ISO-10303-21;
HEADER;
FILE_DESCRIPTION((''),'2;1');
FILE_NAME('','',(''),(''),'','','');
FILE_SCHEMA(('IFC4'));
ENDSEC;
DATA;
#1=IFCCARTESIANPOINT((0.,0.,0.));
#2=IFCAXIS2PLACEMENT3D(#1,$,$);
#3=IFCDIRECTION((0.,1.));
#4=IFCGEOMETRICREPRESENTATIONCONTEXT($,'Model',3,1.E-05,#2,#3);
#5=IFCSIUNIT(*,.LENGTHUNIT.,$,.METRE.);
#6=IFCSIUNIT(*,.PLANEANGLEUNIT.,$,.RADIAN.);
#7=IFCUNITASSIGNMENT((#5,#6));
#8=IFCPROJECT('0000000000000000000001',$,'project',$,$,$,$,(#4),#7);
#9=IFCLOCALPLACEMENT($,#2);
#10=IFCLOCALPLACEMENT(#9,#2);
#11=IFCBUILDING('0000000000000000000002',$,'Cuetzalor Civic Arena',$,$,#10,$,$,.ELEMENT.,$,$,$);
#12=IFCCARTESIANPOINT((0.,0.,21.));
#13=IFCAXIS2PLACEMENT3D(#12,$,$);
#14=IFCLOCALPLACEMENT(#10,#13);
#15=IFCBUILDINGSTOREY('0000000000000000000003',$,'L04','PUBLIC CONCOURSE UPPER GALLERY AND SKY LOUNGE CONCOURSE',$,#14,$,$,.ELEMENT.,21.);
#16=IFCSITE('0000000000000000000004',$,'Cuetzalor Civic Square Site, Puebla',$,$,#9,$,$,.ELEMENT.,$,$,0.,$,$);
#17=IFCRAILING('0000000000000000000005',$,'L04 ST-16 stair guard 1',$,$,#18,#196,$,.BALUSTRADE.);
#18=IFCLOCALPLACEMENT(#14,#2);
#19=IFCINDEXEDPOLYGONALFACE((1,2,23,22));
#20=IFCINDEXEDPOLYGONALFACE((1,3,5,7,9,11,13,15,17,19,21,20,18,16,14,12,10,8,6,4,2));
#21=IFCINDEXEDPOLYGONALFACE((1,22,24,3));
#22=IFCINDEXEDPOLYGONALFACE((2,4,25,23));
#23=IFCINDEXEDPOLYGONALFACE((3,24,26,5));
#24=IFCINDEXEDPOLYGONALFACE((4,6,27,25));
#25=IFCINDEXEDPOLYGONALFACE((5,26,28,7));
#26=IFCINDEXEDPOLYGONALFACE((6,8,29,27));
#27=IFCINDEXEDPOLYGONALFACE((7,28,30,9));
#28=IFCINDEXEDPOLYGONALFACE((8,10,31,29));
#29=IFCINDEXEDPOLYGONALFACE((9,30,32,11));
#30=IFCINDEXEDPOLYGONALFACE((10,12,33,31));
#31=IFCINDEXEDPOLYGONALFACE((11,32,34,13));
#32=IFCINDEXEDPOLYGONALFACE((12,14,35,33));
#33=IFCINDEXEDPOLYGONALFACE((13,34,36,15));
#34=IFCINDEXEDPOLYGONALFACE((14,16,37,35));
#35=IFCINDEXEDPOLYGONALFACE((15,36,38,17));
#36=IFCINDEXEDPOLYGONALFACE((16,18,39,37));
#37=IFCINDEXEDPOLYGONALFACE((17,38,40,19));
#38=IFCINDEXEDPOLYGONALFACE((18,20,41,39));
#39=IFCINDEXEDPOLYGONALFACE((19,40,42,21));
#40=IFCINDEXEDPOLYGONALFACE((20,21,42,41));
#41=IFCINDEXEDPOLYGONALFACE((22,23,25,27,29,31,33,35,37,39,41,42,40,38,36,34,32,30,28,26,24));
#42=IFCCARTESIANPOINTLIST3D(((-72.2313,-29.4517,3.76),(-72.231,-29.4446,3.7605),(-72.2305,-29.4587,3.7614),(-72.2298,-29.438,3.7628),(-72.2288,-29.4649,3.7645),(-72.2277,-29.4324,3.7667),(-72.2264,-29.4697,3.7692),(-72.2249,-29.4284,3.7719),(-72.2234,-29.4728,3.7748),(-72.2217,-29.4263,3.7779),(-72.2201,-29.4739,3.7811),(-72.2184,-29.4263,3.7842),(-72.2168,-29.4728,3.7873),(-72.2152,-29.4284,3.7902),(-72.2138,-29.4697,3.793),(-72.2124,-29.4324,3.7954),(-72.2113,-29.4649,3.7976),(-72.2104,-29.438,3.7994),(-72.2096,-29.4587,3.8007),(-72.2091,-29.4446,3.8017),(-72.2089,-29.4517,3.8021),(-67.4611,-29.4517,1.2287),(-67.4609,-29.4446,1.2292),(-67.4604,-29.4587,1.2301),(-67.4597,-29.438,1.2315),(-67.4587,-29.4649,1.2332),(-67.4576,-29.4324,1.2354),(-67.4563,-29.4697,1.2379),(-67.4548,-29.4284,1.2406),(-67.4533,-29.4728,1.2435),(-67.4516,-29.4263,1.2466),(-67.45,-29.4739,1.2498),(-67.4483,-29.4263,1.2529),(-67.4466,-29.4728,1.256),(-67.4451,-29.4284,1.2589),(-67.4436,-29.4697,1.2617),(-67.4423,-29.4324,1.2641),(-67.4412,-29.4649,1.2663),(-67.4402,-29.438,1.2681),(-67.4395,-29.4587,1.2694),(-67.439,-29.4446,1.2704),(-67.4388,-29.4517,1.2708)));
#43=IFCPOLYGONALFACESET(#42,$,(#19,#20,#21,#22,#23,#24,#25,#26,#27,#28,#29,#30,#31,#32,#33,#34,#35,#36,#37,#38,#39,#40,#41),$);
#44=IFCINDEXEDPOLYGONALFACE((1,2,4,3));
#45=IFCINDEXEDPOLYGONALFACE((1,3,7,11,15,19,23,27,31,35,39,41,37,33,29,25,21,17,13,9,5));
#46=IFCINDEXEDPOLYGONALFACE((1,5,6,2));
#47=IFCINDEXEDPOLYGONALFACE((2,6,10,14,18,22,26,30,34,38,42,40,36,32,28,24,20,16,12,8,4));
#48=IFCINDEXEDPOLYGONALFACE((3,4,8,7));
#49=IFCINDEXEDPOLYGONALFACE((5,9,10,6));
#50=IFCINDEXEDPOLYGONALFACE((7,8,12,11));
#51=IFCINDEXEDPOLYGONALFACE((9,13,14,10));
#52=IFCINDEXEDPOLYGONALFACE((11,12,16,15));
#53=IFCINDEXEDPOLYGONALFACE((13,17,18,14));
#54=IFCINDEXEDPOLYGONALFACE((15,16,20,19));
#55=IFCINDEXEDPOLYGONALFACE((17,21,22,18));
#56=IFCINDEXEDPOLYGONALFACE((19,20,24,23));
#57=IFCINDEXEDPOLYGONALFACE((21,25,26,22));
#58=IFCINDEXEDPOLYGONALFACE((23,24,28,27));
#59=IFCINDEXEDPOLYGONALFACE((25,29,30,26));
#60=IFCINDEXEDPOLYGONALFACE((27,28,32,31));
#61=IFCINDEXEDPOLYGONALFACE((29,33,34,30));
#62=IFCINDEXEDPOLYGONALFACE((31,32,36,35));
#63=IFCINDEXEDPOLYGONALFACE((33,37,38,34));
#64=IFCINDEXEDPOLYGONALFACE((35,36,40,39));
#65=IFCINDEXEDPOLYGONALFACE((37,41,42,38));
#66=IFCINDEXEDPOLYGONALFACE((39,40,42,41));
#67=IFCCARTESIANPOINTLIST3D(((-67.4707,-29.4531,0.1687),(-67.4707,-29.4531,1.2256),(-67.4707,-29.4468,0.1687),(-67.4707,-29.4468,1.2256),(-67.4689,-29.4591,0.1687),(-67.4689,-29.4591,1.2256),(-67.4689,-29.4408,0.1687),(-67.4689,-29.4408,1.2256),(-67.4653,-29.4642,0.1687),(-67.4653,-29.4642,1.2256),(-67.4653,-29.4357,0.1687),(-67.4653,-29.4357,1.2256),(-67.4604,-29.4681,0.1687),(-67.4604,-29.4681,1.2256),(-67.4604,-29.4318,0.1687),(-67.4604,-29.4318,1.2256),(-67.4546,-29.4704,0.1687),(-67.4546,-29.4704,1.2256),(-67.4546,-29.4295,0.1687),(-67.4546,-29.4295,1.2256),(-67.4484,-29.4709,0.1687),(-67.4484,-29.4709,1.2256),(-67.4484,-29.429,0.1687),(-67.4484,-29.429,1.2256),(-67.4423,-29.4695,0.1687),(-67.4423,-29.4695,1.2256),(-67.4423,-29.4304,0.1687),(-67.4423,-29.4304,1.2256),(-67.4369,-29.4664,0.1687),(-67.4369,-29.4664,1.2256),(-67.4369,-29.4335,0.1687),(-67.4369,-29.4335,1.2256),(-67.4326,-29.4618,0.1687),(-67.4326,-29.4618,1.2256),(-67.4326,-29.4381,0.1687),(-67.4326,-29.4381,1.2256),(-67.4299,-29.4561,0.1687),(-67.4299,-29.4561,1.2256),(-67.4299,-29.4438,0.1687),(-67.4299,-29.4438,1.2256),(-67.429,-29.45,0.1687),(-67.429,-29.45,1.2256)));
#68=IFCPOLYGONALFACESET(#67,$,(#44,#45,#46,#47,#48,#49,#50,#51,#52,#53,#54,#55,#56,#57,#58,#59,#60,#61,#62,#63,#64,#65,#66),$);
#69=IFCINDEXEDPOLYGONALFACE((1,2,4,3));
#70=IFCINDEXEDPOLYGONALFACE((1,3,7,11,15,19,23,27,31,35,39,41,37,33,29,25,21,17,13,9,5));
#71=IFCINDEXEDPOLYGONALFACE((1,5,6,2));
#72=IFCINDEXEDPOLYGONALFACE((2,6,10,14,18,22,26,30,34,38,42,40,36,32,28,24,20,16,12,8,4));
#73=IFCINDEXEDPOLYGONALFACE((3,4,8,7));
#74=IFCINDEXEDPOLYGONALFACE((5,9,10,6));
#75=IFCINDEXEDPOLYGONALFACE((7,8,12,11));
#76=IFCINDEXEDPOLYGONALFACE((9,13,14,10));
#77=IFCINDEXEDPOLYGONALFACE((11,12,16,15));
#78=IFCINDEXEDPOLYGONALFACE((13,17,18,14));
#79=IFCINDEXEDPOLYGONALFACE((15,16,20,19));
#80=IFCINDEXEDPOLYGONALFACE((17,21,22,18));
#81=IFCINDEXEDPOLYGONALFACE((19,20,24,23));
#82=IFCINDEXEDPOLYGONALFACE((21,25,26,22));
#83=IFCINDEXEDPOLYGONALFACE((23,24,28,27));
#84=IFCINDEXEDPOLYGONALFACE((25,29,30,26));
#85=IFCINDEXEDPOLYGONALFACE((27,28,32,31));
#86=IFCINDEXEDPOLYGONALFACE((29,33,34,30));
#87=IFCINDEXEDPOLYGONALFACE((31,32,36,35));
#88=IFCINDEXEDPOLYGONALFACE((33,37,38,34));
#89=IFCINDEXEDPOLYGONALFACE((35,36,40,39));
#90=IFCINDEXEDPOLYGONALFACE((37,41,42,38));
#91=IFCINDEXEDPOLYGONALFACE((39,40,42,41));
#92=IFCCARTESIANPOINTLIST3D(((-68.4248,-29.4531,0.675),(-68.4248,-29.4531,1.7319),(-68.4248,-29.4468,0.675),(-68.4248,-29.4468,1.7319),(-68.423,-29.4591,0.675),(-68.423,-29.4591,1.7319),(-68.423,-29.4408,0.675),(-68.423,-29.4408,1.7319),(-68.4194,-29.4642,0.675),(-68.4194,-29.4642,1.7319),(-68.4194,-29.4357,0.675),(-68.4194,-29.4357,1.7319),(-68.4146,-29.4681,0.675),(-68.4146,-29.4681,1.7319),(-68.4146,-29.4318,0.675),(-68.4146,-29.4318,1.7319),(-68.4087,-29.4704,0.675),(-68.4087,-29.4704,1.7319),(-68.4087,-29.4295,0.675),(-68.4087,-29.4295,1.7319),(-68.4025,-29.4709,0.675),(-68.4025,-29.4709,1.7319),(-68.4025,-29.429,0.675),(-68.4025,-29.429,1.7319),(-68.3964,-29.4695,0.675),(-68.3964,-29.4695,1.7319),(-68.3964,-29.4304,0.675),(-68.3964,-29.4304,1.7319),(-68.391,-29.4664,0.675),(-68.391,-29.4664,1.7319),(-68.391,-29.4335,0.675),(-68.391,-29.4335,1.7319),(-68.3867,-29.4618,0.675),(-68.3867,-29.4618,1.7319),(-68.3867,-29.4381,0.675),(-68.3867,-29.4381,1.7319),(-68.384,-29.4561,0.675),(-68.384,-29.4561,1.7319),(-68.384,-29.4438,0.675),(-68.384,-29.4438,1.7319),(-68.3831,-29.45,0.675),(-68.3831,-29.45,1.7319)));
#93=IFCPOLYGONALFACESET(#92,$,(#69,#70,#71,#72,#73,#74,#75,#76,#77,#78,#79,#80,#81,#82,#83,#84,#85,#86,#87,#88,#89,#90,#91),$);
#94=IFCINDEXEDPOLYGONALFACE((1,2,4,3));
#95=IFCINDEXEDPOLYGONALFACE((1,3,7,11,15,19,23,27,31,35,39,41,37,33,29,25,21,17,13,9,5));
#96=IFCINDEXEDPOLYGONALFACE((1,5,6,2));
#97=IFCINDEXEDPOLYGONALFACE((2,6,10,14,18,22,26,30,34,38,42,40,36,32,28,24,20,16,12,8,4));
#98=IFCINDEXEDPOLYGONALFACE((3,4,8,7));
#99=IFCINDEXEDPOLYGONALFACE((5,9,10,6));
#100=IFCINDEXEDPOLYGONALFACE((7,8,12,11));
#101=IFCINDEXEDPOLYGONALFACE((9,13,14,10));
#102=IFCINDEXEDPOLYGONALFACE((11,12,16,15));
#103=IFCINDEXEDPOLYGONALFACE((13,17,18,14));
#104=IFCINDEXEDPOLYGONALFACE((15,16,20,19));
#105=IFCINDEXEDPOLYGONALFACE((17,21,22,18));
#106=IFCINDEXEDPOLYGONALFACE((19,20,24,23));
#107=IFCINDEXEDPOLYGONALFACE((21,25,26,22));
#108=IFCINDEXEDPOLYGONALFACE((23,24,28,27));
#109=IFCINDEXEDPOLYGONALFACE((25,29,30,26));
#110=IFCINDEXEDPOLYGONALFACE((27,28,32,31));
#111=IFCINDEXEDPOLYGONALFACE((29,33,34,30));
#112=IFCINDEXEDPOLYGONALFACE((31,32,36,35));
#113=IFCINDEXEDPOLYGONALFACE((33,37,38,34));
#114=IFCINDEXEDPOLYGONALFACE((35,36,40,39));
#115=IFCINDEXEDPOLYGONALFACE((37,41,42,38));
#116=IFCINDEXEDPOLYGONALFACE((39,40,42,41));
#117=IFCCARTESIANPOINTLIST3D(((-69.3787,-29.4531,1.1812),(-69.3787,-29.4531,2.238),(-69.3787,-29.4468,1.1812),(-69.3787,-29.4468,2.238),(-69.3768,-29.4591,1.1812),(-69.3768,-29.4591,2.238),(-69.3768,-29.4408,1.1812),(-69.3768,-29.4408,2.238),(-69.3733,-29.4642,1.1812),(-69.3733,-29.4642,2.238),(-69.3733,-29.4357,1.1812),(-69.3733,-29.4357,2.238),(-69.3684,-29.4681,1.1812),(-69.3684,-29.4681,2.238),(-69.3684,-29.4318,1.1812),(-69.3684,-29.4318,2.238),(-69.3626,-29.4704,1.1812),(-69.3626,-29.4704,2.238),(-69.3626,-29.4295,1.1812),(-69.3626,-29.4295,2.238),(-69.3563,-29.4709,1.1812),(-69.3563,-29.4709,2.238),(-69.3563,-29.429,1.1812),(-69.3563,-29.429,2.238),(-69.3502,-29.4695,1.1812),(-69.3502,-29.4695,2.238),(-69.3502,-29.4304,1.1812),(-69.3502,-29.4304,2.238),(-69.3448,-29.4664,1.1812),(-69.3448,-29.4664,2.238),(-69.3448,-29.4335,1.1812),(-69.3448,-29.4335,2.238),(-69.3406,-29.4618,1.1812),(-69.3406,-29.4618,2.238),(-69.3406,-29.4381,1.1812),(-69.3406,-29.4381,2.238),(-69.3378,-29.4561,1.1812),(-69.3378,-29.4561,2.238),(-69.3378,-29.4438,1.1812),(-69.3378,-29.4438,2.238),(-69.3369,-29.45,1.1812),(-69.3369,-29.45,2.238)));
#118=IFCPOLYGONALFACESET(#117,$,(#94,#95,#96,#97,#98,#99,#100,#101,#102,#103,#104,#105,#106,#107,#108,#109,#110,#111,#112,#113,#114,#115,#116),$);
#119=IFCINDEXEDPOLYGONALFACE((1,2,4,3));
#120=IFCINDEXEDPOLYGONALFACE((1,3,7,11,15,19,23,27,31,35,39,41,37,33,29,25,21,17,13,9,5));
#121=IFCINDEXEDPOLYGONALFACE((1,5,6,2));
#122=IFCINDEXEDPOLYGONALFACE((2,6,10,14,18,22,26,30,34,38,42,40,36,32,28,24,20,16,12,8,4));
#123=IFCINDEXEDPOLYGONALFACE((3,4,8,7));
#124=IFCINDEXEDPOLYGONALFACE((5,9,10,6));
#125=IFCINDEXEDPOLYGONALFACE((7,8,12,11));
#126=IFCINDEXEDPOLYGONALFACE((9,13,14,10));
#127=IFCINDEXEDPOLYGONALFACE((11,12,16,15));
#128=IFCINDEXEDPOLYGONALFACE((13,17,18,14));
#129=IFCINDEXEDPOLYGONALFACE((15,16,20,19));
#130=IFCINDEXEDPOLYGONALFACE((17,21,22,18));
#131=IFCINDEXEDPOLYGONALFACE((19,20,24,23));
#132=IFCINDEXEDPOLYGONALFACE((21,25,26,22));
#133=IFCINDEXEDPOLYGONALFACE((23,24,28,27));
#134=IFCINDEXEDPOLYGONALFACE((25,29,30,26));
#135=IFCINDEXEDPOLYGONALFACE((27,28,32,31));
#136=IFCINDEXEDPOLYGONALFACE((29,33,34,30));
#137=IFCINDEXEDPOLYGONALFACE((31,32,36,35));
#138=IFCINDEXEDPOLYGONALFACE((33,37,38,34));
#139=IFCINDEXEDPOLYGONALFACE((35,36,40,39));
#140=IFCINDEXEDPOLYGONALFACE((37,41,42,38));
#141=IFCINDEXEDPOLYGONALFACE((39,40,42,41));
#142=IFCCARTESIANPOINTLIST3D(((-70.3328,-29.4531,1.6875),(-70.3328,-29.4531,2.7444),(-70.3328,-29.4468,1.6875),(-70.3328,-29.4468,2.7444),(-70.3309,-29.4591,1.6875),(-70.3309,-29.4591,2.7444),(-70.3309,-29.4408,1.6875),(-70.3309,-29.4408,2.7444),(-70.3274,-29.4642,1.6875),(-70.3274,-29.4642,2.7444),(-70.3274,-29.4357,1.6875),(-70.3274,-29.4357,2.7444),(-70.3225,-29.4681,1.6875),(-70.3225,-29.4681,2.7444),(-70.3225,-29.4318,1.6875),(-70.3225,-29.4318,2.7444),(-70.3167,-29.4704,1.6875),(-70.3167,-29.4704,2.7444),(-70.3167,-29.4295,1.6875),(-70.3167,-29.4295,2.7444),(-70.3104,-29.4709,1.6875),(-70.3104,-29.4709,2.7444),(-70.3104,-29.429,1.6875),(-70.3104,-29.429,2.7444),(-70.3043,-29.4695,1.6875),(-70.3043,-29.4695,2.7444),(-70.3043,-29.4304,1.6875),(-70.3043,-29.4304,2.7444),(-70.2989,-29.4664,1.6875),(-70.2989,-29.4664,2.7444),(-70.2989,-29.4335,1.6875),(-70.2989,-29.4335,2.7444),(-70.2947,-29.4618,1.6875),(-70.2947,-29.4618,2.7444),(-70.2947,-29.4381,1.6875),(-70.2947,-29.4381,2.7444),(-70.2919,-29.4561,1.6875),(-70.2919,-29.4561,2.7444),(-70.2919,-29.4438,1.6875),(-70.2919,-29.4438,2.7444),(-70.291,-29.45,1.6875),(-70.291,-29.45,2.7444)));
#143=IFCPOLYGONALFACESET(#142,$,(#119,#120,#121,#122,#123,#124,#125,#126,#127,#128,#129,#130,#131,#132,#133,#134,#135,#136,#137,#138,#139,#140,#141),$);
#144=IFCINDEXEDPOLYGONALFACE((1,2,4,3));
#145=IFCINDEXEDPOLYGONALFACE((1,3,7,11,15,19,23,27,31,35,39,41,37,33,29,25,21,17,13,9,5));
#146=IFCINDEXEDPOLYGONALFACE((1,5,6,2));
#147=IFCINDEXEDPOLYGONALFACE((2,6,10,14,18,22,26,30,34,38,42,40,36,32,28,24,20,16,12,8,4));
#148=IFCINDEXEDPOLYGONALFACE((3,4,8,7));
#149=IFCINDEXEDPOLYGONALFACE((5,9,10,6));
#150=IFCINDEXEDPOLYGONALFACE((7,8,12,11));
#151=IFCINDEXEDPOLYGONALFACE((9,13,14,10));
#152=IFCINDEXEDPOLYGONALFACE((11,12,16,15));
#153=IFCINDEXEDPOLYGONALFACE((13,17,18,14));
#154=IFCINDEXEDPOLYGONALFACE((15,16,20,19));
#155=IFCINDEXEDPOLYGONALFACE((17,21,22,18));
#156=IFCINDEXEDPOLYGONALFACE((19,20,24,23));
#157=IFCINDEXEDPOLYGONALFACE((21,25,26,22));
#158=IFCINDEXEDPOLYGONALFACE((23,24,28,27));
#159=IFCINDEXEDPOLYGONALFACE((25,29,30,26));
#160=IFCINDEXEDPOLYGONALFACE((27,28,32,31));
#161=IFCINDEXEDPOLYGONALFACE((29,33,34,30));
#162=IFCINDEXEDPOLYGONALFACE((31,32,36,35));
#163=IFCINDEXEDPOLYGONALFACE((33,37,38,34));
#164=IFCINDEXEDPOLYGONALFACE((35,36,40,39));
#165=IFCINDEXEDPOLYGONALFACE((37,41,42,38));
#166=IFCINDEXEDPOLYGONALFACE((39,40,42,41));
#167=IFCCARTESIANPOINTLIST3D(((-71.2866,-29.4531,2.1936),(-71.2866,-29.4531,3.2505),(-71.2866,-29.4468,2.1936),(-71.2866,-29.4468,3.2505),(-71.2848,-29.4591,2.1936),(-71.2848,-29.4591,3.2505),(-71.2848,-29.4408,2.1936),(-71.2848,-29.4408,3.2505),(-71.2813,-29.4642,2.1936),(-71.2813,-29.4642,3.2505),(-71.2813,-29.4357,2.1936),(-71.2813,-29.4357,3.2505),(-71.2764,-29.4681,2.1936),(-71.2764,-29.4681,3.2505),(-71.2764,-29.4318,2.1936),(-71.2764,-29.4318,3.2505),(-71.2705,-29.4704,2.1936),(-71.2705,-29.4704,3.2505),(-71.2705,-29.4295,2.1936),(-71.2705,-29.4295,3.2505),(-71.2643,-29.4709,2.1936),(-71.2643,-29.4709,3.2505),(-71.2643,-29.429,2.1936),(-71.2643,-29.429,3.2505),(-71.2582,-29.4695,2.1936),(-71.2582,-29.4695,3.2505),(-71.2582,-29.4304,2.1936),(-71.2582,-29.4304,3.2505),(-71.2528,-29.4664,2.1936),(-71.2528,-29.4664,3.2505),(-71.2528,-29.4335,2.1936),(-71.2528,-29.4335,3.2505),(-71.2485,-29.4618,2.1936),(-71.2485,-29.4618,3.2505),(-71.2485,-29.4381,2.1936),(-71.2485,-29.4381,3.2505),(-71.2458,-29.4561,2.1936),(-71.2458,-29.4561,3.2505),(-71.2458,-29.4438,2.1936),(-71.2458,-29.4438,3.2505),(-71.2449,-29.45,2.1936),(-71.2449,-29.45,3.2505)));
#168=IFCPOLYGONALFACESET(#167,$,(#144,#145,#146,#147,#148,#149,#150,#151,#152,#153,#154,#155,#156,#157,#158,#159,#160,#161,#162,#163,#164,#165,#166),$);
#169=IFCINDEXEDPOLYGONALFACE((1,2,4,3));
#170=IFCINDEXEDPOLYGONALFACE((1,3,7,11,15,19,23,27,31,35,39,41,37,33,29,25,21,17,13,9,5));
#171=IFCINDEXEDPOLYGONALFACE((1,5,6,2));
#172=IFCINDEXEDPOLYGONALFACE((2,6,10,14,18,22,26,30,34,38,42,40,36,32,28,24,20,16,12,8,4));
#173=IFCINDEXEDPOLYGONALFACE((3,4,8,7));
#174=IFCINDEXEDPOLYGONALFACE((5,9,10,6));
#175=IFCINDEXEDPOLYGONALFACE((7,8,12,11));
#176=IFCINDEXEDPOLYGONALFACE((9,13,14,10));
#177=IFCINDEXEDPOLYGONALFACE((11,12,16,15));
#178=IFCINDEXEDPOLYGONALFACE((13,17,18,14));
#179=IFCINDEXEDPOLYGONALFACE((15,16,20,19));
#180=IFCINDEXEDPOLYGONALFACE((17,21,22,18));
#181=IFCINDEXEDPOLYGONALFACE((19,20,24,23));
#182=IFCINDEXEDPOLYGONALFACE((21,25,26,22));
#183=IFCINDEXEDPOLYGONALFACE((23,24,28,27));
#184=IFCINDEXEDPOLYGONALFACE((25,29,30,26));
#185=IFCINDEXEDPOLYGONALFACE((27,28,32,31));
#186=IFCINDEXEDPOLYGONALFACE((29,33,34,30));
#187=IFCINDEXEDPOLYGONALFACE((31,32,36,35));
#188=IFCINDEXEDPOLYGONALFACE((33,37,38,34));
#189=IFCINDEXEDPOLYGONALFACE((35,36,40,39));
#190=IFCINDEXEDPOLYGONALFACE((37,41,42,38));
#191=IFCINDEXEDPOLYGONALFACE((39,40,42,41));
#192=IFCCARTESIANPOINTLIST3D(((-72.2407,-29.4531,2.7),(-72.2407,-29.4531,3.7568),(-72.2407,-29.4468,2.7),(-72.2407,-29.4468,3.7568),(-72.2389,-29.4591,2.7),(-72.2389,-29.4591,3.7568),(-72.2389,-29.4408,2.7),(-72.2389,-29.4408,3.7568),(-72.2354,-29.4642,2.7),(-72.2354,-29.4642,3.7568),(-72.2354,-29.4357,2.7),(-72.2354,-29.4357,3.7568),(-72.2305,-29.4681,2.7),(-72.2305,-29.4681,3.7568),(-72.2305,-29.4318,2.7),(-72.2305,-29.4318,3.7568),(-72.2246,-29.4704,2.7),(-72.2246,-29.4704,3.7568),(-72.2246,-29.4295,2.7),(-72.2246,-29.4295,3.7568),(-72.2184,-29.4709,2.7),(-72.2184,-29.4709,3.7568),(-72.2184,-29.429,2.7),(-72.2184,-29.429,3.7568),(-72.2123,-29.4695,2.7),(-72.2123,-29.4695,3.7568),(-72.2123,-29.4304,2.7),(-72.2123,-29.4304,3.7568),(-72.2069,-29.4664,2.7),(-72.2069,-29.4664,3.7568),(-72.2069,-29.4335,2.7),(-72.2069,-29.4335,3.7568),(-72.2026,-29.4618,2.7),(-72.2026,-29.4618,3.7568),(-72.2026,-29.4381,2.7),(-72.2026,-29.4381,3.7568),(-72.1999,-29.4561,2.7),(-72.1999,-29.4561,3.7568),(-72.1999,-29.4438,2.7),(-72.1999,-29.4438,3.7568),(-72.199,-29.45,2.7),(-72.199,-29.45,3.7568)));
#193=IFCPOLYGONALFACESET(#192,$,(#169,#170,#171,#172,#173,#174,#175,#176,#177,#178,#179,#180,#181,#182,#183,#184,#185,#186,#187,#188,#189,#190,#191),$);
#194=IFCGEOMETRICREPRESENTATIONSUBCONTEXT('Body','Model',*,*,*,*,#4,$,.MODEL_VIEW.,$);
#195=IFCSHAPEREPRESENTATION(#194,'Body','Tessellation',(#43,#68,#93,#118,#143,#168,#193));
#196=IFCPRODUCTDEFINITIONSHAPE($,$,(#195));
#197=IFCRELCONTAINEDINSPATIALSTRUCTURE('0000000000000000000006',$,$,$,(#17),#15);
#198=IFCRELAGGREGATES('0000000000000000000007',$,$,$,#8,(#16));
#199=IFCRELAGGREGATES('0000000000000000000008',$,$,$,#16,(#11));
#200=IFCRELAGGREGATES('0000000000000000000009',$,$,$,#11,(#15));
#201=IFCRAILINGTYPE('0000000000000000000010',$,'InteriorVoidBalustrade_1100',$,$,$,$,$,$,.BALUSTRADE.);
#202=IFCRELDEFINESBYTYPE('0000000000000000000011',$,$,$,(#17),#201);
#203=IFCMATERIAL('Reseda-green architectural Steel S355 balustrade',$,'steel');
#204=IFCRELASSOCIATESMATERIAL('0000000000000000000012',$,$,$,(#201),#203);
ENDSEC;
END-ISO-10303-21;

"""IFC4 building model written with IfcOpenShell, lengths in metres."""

from ifc_helpers import new_model, si_unit, direction, frame, origin, origin_2d, place, context, subcontext, project, spatial, circle, extrude, material, type_object, element, save


model = new_model("IFC4")

# Units and contexts
model_context = context("Model", 3, precision=1e-05, world=origin(), true_north=direction((0.0, 1.0)))
body_context = subcontext(model_context, "Body", "Model", "MODEL_VIEW")
ifc_project = project(units=[si_unit("LENGTHUNIT", "METRE"), si_unit("PLANEANGLEUNIT", "RADIAN")], contexts=[model_context])

# Site, building, storey
site_placement = place(None, origin())
site = spatial("IfcSite", under=ifc_project, at=site_placement, Name="Cuetzalor Civic Square Site, Puebla", CompositionType="ELEMENT", RefElevation=0.0)
building_placement = place(site_placement, origin())
building = spatial("IfcBuilding", under=site, at=building_placement, Name="Cuetzalor Civic Arena", CompositionType="ELEMENT")
storey_placement = place(building_placement, frame((0.0, 0.0, 21.0)))
storey = spatial("IfcBuildingStorey", under=building, at=storey_placement, Name="L04", Description="PUBLIC CONCOURSE UPPER GALLERY AND SKY LOUNGE CONCOURSE", CompositionType="ELEMENT", Elevation=21.0)

# Railing
ifc_material_1 = material(Name="Reseda-green architectural Steel S355 balustrade", Category="steel")
railing_type_1 = type_object("IfcRailingType", Name="InteriorVoidBalustrade_1100", PredefinedType="BALUSTRADE", material=ifc_material_1)
railing_1_placement = place(storey_placement, frame((-67.45, -29.45, 0.1687)))
element("IfcRailing", 1, at=railing_1_placement, inside=storey, type_object=railing_type_1, Name="L04 ST-16 stair guard 1", PredefinedType="BALUSTRADE", context=body_context, shape_type="SweptSolid", body=[
    extrude(circle(Radius=0.0239, at=origin_2d()), frame((0.0, 0.0, 1.0811), z_axis=(-0.883332, 0.0, 0.468747), x_axis=(0.0, -1.0, 0.0)), (0.0, 0.0, 1.0), 5.4001),
    extrude(circle(Radius=0.021, at=origin_2d()), origin(), (0.0, 0.0, 1.0), 1.0569),
    extrude(circle(Radius=0.021, at=origin_2d()), frame((-0.9541, 0.0, 0.5063)), (0.0, 0.0, 1.0), 1.0569),
    extrude(circle(Radius=0.021, at=origin_2d()), frame((-1.908, 0.0, 1.0125)), (0.0, 0.0, 1.0), 1.0569),
    extrude(circle(Radius=0.021, at=origin_2d()), frame((-2.8621, 0.0, 1.5188)), (0.0, 0.0, 1.0), 1.0569),
    extrude(circle(Radius=0.021, at=origin_2d()), frame((-3.8159, 0.0, 2.0249)), (0.0, 0.0, 1.0), 1.0569),
    extrude(circle(Radius=0.021, at=origin_2d()), frame((-4.77, 0.0, 2.5312)), (0.0, 0.0, 1.0), 1.0569),
])

save(model, "model.ifc")
